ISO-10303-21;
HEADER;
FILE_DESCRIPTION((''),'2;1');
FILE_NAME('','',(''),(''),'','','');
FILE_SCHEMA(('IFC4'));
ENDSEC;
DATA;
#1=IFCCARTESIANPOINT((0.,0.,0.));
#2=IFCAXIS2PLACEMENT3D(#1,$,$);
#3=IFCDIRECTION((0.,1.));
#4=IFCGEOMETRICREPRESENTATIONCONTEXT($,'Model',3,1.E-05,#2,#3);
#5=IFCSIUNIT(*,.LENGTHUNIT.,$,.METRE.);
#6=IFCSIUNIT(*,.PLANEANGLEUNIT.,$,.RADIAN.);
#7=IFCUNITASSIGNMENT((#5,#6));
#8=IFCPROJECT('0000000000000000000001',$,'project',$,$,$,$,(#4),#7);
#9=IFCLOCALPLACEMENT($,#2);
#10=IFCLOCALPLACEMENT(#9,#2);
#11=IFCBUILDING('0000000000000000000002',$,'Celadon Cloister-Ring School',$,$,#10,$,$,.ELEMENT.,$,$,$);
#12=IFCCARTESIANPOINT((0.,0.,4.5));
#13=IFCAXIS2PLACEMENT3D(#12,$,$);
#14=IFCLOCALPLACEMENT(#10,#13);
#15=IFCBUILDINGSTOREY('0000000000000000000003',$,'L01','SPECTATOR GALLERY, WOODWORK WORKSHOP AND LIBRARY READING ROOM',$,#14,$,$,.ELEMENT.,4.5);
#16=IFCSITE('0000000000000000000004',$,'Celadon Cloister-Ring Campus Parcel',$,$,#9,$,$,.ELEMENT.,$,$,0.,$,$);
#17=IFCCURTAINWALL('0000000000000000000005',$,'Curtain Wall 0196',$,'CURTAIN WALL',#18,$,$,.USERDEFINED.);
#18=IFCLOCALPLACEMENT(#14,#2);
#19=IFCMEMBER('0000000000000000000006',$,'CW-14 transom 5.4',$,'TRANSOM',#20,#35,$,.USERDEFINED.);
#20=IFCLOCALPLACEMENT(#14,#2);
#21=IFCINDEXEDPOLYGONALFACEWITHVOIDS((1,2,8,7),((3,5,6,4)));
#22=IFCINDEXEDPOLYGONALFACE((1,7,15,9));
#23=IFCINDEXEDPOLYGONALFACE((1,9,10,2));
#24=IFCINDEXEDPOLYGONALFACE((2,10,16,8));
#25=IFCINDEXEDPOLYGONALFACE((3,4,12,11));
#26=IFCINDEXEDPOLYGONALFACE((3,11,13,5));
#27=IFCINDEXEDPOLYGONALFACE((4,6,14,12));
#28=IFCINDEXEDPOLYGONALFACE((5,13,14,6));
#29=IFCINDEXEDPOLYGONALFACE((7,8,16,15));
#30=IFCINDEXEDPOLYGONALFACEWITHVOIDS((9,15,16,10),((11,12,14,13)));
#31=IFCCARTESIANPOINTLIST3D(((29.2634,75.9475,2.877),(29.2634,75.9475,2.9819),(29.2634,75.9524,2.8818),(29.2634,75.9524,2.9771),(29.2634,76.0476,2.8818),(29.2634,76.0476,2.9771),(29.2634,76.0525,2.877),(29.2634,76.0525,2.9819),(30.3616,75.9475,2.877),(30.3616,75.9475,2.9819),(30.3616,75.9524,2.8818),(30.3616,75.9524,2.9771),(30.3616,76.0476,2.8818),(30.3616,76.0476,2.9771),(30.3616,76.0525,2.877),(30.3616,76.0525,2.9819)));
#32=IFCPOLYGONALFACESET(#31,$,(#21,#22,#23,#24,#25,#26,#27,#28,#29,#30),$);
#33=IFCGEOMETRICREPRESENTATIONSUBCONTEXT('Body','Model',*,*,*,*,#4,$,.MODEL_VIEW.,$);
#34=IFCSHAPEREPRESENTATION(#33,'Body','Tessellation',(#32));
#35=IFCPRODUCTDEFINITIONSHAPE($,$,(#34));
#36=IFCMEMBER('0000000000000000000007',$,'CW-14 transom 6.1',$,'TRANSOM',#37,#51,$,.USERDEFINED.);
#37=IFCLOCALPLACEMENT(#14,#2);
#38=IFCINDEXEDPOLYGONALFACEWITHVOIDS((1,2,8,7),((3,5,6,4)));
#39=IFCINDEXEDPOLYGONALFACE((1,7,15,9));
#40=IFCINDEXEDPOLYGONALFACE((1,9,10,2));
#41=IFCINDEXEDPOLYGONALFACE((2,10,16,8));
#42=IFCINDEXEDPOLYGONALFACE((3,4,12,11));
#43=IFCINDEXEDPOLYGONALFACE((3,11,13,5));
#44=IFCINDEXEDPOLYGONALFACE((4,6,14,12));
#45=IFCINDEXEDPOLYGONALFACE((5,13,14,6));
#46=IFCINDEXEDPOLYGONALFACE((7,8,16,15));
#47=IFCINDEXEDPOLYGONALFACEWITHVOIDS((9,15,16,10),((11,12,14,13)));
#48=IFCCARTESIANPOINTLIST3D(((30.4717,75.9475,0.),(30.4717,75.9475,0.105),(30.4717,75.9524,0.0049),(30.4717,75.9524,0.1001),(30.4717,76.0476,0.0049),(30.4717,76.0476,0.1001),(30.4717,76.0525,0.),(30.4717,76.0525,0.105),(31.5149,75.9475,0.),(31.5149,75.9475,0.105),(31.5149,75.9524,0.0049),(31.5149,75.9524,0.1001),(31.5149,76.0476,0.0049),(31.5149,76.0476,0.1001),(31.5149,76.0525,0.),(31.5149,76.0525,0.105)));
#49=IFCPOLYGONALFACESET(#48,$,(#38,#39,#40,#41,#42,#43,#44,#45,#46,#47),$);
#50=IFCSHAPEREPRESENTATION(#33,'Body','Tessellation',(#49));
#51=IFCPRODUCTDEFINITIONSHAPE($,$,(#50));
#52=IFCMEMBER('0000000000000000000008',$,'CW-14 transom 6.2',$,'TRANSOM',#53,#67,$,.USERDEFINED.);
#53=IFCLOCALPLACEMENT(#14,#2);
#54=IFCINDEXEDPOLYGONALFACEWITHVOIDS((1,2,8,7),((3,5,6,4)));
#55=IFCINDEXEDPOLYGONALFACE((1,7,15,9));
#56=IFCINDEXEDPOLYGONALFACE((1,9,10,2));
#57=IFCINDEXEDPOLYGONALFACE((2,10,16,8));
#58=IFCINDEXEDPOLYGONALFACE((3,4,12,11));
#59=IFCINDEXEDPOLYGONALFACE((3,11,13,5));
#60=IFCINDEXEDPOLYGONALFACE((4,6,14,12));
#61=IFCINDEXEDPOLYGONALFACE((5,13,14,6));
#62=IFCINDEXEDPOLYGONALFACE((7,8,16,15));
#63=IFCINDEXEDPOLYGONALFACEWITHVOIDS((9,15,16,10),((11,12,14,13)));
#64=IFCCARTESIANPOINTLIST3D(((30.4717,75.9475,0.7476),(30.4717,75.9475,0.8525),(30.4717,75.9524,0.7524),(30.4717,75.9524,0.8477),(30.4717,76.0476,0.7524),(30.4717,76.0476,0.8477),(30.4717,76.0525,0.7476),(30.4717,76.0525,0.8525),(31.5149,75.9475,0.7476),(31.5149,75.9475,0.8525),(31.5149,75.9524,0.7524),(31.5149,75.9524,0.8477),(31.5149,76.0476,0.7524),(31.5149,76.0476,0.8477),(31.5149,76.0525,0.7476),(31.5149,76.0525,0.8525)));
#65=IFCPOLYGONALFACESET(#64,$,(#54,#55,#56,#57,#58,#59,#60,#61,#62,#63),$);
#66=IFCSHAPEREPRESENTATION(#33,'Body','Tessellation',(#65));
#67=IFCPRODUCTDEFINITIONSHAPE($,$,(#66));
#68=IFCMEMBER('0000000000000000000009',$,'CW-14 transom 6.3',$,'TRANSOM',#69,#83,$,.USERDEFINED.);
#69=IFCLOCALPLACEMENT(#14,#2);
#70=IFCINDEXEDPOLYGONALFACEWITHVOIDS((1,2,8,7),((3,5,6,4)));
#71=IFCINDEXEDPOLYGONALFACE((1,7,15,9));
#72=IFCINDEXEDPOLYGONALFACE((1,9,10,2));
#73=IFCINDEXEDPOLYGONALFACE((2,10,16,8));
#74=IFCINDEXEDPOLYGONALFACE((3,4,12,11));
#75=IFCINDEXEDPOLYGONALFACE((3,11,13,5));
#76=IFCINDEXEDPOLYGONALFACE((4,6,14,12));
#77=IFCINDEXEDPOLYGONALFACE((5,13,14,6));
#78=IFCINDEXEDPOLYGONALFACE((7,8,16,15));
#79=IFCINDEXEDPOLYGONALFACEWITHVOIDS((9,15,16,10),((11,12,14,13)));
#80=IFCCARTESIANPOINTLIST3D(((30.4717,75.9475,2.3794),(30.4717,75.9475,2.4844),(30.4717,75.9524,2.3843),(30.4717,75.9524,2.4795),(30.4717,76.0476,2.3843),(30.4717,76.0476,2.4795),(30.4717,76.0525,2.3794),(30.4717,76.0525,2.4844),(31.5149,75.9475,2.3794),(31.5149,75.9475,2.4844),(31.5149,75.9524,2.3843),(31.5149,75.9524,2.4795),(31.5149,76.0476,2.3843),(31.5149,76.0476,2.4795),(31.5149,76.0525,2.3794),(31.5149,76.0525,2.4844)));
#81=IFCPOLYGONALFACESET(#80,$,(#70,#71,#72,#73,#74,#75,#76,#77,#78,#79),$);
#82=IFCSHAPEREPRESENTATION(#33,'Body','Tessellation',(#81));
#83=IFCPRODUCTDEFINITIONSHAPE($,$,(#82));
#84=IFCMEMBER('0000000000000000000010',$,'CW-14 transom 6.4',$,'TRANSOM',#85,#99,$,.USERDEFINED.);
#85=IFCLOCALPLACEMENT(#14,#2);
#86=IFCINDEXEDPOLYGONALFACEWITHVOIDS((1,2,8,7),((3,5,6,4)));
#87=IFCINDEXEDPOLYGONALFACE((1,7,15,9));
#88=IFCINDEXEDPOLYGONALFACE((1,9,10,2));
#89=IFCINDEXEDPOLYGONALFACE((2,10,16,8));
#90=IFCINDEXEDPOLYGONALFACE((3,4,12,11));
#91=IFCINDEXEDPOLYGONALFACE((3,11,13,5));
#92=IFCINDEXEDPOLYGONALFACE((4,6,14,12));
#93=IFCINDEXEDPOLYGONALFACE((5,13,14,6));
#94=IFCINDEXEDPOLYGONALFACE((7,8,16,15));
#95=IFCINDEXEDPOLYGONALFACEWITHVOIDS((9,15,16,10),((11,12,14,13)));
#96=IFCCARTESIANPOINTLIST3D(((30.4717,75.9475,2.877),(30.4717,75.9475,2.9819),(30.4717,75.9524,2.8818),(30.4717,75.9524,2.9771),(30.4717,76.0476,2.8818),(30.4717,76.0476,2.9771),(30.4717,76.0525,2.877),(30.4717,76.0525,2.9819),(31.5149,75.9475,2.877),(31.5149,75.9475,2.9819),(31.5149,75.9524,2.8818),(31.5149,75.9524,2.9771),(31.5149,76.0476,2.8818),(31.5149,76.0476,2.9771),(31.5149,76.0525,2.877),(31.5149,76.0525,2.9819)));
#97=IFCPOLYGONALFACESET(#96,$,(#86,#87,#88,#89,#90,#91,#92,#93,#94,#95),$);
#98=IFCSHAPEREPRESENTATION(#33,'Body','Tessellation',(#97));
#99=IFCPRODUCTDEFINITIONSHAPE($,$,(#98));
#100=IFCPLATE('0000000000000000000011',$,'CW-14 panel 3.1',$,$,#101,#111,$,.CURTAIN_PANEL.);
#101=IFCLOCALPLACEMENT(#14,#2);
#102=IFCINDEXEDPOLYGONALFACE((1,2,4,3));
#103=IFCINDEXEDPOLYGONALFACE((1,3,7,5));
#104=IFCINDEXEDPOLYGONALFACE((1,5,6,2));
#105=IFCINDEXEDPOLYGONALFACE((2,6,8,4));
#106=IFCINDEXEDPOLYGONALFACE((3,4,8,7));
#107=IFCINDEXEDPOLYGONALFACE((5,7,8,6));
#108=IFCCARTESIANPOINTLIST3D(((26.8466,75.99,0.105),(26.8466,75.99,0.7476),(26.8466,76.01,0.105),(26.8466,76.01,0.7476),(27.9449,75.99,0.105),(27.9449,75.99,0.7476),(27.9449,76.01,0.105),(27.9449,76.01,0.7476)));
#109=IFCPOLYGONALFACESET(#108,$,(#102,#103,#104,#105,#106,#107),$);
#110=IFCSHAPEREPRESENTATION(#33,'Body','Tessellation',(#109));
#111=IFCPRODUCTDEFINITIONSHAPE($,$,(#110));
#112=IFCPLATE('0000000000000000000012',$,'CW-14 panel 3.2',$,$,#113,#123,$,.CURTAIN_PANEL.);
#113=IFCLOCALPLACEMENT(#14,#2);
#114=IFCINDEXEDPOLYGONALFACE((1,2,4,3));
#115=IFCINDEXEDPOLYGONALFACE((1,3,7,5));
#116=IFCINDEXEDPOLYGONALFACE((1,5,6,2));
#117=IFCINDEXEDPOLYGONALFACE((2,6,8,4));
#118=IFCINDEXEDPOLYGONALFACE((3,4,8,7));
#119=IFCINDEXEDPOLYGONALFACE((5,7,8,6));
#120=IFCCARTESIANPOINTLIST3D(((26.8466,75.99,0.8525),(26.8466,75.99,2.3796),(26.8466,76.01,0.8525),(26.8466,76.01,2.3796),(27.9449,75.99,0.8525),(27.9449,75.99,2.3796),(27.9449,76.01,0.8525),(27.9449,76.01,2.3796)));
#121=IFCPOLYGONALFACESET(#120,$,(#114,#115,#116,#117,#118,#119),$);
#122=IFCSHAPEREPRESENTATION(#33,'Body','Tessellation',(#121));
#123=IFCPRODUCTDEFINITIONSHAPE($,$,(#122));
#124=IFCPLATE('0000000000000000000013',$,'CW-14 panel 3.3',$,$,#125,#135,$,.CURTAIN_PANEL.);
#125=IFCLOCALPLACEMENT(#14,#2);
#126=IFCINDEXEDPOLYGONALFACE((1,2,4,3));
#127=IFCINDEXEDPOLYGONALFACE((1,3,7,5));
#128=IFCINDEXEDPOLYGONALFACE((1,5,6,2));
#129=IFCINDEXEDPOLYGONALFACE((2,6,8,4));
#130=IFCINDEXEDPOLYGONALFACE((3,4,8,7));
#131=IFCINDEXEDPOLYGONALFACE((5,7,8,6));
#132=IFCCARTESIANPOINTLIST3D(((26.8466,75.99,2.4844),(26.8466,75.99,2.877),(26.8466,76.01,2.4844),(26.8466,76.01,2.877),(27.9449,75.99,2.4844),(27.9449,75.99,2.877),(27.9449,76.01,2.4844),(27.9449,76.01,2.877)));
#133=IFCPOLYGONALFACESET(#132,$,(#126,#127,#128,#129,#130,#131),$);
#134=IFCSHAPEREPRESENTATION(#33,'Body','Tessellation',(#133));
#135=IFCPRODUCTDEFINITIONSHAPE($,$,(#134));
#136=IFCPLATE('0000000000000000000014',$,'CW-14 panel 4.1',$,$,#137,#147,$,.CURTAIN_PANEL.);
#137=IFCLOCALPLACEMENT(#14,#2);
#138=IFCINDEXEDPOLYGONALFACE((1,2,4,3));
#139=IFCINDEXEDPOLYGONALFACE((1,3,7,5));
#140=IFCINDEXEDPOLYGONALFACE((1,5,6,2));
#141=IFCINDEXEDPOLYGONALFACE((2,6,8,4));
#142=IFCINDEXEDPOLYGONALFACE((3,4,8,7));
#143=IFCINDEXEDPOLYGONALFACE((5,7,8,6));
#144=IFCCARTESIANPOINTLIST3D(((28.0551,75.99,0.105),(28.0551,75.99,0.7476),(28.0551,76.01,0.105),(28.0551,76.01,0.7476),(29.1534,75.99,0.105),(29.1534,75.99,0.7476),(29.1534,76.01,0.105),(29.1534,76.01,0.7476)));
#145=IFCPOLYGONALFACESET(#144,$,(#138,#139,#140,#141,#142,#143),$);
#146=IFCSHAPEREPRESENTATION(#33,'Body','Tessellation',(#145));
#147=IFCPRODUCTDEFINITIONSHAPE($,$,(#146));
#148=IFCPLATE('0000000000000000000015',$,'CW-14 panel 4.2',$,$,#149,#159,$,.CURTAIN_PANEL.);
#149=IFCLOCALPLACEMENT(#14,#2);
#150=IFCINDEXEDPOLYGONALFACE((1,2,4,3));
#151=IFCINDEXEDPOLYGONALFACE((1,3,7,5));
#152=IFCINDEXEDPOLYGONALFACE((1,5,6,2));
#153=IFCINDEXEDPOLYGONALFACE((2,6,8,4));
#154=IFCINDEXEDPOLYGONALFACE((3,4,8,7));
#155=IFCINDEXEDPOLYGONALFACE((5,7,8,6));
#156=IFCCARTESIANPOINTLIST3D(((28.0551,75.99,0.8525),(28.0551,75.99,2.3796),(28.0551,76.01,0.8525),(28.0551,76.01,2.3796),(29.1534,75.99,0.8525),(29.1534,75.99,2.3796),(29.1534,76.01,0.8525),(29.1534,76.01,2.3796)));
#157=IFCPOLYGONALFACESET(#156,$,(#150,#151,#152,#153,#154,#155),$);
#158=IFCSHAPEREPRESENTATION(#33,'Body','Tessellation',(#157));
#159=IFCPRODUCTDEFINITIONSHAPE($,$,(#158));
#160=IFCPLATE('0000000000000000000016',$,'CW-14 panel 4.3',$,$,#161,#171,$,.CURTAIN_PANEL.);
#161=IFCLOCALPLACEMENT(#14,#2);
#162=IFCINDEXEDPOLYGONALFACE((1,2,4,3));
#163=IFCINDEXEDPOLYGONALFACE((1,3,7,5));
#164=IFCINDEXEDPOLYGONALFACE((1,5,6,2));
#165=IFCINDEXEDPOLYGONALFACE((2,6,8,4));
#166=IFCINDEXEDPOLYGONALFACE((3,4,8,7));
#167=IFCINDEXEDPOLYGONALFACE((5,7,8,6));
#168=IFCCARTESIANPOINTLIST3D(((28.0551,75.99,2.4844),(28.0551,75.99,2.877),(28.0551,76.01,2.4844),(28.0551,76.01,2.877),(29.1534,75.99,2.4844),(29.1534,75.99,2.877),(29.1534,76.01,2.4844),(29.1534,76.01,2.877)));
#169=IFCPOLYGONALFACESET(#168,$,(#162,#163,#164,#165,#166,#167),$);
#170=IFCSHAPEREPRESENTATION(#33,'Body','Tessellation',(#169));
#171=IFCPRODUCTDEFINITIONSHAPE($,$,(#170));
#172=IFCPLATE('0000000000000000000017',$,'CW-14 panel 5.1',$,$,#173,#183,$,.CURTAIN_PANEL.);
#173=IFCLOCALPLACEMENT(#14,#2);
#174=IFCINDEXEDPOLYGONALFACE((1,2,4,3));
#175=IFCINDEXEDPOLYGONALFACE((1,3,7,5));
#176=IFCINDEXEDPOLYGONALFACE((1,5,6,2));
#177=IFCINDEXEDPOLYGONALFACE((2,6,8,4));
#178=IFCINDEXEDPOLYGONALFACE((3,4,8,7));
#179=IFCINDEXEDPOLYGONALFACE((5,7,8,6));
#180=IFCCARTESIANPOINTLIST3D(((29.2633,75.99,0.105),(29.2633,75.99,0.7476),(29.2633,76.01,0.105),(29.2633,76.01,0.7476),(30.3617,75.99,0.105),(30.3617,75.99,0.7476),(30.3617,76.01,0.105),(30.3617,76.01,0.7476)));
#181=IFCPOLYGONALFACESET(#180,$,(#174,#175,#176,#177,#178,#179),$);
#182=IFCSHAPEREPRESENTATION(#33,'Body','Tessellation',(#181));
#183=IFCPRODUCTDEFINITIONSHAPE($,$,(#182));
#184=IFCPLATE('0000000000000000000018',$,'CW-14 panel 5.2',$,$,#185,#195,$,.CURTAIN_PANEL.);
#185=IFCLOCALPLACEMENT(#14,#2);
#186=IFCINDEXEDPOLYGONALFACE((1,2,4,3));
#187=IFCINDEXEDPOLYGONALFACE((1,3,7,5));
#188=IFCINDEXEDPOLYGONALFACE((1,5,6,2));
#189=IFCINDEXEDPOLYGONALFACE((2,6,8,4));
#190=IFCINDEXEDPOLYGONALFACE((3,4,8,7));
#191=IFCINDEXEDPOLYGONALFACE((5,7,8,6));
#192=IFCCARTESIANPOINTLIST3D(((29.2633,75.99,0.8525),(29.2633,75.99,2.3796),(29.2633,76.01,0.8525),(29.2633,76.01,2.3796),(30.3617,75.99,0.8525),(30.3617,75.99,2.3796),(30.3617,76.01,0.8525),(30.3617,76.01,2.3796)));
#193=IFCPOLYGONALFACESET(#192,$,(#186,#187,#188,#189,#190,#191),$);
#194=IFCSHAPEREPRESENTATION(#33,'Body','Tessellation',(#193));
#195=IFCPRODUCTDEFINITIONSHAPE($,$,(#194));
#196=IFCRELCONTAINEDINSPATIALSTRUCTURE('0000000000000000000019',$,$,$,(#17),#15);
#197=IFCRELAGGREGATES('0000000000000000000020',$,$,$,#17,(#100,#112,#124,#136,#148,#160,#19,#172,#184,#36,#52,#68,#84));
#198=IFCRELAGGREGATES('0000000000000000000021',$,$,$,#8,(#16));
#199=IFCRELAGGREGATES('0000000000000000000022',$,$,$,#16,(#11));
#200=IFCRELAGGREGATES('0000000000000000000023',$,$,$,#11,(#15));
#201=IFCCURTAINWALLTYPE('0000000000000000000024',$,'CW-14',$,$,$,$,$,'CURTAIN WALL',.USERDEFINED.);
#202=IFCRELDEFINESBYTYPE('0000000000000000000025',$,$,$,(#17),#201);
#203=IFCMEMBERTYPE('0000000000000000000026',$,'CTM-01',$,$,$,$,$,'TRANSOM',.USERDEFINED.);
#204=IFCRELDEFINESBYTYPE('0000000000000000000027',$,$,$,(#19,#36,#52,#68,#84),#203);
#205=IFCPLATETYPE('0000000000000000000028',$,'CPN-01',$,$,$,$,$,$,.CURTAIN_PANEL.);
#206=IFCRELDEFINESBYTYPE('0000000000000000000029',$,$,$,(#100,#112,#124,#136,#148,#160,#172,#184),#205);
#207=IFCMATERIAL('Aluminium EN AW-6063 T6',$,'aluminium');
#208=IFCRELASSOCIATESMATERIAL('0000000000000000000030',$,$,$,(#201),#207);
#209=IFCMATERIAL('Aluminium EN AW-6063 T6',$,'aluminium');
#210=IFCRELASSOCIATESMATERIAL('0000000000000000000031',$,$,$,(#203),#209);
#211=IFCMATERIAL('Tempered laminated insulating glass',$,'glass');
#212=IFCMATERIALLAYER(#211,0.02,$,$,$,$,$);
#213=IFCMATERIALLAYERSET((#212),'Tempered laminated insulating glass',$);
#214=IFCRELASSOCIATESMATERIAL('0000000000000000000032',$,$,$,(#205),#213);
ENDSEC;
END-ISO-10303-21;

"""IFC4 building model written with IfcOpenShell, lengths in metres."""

from ifc_helpers import new_model, si_unit, direction, frame, origin, origin_2d, place, context, subcontext, project, spatial, rectangle, hollow_rectangle, extrude, material, layer, layer_set, material_profile, profile_set, type_object, element, aggregate, save


model = new_model("IFC4")

# Units and contexts
model_context = context("Model", 3, precision=1e-05, world=origin(), true_north=direction((0.0, 1.0)))
body_context = subcontext(model_context, "Body", "Model", "MODEL_VIEW")
ifc_project = project(units=[si_unit("LENGTHUNIT", "METRE"), si_unit("PLANEANGLEUNIT", "RADIAN")], contexts=[model_context])

# Site, building, storey
site_placement = place(None, origin())
site = spatial("IfcSite", under=ifc_project, at=site_placement, Name="Celadon Cloister-Ring Campus Parcel", CompositionType="ELEMENT", RefElevation=0.0)
building_placement = place(site_placement, origin())
building = spatial("IfcBuilding", under=site, at=building_placement, Name="Celadon Cloister-Ring School", CompositionType="ELEMENT")
storey_placement = place(building_placement, frame((0.0, 0.0, 4.5)))
storey = spatial("IfcBuildingStorey", under=building, at=storey_placement, Name="L01", Description="SPECTATOR GALLERY, WOODWORK WORKSHOP AND LIBRARY READING ROOM", CompositionType="ELEMENT", Elevation=4.5)

# Curtain wall, members, plates
ifc_material_1 = material(Name="Aluminium EN AW-6063 T6", Category="aluminium")
curtain_wall_type = type_object("IfcCurtainWallType", Name="CW-14", ElementType="CURTAIN WALL", PredefinedType="USERDEFINED", material=ifc_material_1)
curtain_wall_placement = place(storey_placement, origin())
curtain_wall = element("IfcCurtainWall", 1, at=curtain_wall_placement, inside=storey, type_object=curtain_wall_type, Name="Curtain Wall 0196", ObjectType="CURTAIN WALL", PredefinedType="USERDEFINED")
ifc_material_2 = material(Name="Aluminium EN AW-6063 T6", Category="aluminium")
ifc_material_profile_1 = material_profile(ifc_material_2, hollow_rectangle(XDim=0.105, YDim=0.105, WallThickness=0.0049, at=origin_2d()), Name="RHS105X105X5")
ifc_profile_set_1 = profile_set([ifc_material_profile_1], Name="Aluminium EN AW-6063 T6")
member_type_1 = type_object("IfcMemberType", Name="CTM-01", ElementType="TRANSOM", PredefinedType="USERDEFINED", material=ifc_profile_set_1)
member_1_placement = place(storey_placement, frame((29.2634, 76.0, 2.9294), z_axis=(1.0, 0.0, 0.0), x_axis=(0.0, 1.0, 0.0)))
member_1 = element("IfcMember", 2, at=member_1_placement, type_object=member_type_1, Name="CW-14 transom 5.4", ObjectType="TRANSOM", PredefinedType="USERDEFINED", context=body_context, shape_type="SweptSolid", body=[
    extrude(hollow_rectangle(XDim=0.105, YDim=0.105, WallThickness=0.0049, at=origin_2d()), origin(), (0.0, 0.0, 1.0), 1.0981),
])
member_2_placement = place(storey_placement, frame((30.4717, 76.0, 0.0525), z_axis=(1.0, 0.0, 0.0), x_axis=(0.0, 1.0, 0.0)))
member_2 = element("IfcMember", 3, at=member_2_placement, type_object=member_type_1, Name="CW-14 transom 6.1", ObjectType="TRANSOM", PredefinedType="USERDEFINED", context=body_context, shape_type="SweptSolid", body=[
    extrude(hollow_rectangle(XDim=0.105, YDim=0.105, WallThickness=0.0049, at=origin_2d()), origin(), (0.0, 0.0, 1.0), 1.0432),
])
member_3_placement = place(storey_placement, frame((30.4717, 76.0, 0.8), z_axis=(1.0, 0.0, 0.0), x_axis=(0.0, 1.0, 0.0)))
member_3 = element("IfcMember", 4, at=member_3_placement, type_object=member_type_1, Name="CW-14 transom 6.2", ObjectType="TRANSOM", PredefinedType="USERDEFINED", context=body_context, shape_type="SweptSolid", body=[
    extrude(hollow_rectangle(XDim=0.105, YDim=0.105, WallThickness=0.0049, at=origin_2d()), origin(), (0.0, 0.0, 1.0), 1.0432),
])
member_4_placement = place(storey_placement, frame((30.4717, 76.0, 2.4319), z_axis=(1.0, 0.0, 0.0), x_axis=(0.0, 1.0, 0.0)))
member_4 = element("IfcMember", 5, at=member_4_placement, type_object=member_type_1, Name="CW-14 transom 6.3", ObjectType="TRANSOM", PredefinedType="USERDEFINED", context=body_context, shape_type="SweptSolid", body=[
    extrude(hollow_rectangle(XDim=0.105, YDim=0.105, WallThickness=0.0049, at=origin_2d()), origin(), (0.0, 0.0, 1.0), 1.0432),
])
member_5_placement = place(storey_placement, frame((30.4717, 76.0, 2.9294), z_axis=(1.0, 0.0, 0.0), x_axis=(0.0, 1.0, 0.0)))
member_5 = element("IfcMember", 6, at=member_5_placement, type_object=member_type_1, Name="CW-14 transom 6.4", ObjectType="TRANSOM", PredefinedType="USERDEFINED", context=body_context, shape_type="SweptSolid", body=[
    extrude(hollow_rectangle(XDim=0.105, YDim=0.105, WallThickness=0.0049, at=origin_2d()), origin(), (0.0, 0.0, 1.0), 1.0432),
])
ifc_material_3 = material(Name="Tempered laminated insulating glass", Category="glass")
ifc_layer = layer(ifc_material_3, 0.02)
ifc_layer_set = layer_set([ifc_layer], Name="Tempered laminated insulating glass")
plate_type = type_object("IfcPlateType", Name="CPN-01", PredefinedType="CURTAIN_PANEL", material=ifc_layer_set)
plate_1_placement = place(storey_placement, frame((27.3958, 76.0, 0.105), z_axis=(0.0, 0.0, 1.0), x_axis=(1.0, 0.0, 0.0)))
plate_1 = element("IfcPlate", 7, at=plate_1_placement, type_object=plate_type, Name="CW-14 panel 3.1", PredefinedType="CURTAIN_PANEL", context=body_context, shape_type="SweptSolid", body=[
    extrude(rectangle(XDim=1.0984, YDim=0.02, at=origin_2d()), origin(), (0.0, 0.0, 1.0), 0.6426),
])
plate_2_placement = place(storey_placement, frame((27.3958, 76.0, 0.8525), z_axis=(0.0, 0.0, 1.0), x_axis=(1.0, 0.0, 0.0)))
plate_2 = element("IfcPlate", 8, at=plate_2_placement, type_object=plate_type, Name="CW-14 panel 3.2", PredefinedType="CURTAIN_PANEL", context=body_context, shape_type="SweptSolid", body=[
    extrude(rectangle(XDim=1.0984, YDim=0.02, at=origin_2d()), origin(), (0.0, 0.0, 1.0), 1.5271),
])
plate_3_placement = place(storey_placement, frame((27.3958, 76.0, 2.4844), z_axis=(0.0, 0.0, 1.0), x_axis=(1.0, 0.0, 0.0)))
plate_3 = element("IfcPlate", 9, at=plate_3_placement, type_object=plate_type, Name="CW-14 panel 3.3", PredefinedType="CURTAIN_PANEL", context=body_context, shape_type="SweptSolid", body=[
    extrude(rectangle(XDim=1.0984, YDim=0.02, at=origin_2d()), origin(), (0.0, 0.0, 1.0), 0.3926),
])
plate_4_placement = place(storey_placement, frame((28.6042, 76.0, 0.105), z_axis=(0.0, 0.0, 1.0), x_axis=(1.0, 0.0, 0.0)))
plate_4 = element("IfcPlate", 10, at=plate_4_placement, type_object=plate_type, Name="CW-14 panel 4.1", PredefinedType="CURTAIN_PANEL", context=body_context, shape_type="SweptSolid", body=[
    extrude(rectangle(XDim=1.0984, YDim=0.02, at=origin_2d()), origin(), (0.0, 0.0, 1.0), 0.6426),
])
plate_5_placement = place(storey_placement, frame((28.6042, 76.0, 0.8525), z_axis=(0.0, 0.0, 1.0), x_axis=(1.0, 0.0, 0.0)))
plate_5 = element("IfcPlate", 11, at=plate_5_placement, type_object=plate_type, Name="CW-14 panel 4.2", PredefinedType="CURTAIN_PANEL", context=body_context, shape_type="SweptSolid", body=[
    extrude(rectangle(XDim=1.0984, YDim=0.02, at=origin_2d()), origin(), (0.0, 0.0, 1.0), 1.5271),
])
plate_6_placement = place(storey_placement, frame((28.6042, 76.0, 2.4844), z_axis=(0.0, 0.0, 1.0), x_axis=(1.0, 0.0, 0.0)))
plate_6 = element("IfcPlate", 12, at=plate_6_placement, type_object=plate_type, Name="CW-14 panel 4.3", PredefinedType="CURTAIN_PANEL", context=body_context, shape_type="SweptSolid", body=[
    extrude(rectangle(XDim=1.0984, YDim=0.02, at=origin_2d()), origin(), (0.0, 0.0, 1.0), 0.3926),
])
plate_7_placement = place(storey_placement, frame((29.8125, 76.0, 0.105), z_axis=(0.0, 0.0, 1.0), x_axis=(1.0, 0.0, 0.0)))
plate_7 = element("IfcPlate", 13, at=plate_7_placement, type_object=plate_type, Name="CW-14 panel 5.1", PredefinedType="CURTAIN_PANEL", context=body_context, shape_type="SweptSolid", body=[
    extrude(rectangle(XDim=1.0984, YDim=0.02, at=origin_2d()), origin(), (0.0, 0.0, 1.0), 0.6426),
])
plate_8_placement = place(storey_placement, frame((29.8125, 76.0, 0.8525), z_axis=(0.0, 0.0, 1.0), x_axis=(1.0, 0.0, 0.0)))
plate_8 = element("IfcPlate", 14, at=plate_8_placement, type_object=plate_type, Name="CW-14 panel 5.2", PredefinedType="CURTAIN_PANEL", context=body_context, shape_type="SweptSolid", body=[
    extrude(rectangle(XDim=1.0984, YDim=0.02, at=origin_2d()), origin(), (0.0, 0.0, 1.0), 1.5271),
])
aggregate(curtain_wall, [plate_1, plate_2, plate_3, plate_4, plate_5, plate_6, member_1, plate_7, plate_8, member_2, member_3, member_4, member_5])

save(model, "model.ifc")
